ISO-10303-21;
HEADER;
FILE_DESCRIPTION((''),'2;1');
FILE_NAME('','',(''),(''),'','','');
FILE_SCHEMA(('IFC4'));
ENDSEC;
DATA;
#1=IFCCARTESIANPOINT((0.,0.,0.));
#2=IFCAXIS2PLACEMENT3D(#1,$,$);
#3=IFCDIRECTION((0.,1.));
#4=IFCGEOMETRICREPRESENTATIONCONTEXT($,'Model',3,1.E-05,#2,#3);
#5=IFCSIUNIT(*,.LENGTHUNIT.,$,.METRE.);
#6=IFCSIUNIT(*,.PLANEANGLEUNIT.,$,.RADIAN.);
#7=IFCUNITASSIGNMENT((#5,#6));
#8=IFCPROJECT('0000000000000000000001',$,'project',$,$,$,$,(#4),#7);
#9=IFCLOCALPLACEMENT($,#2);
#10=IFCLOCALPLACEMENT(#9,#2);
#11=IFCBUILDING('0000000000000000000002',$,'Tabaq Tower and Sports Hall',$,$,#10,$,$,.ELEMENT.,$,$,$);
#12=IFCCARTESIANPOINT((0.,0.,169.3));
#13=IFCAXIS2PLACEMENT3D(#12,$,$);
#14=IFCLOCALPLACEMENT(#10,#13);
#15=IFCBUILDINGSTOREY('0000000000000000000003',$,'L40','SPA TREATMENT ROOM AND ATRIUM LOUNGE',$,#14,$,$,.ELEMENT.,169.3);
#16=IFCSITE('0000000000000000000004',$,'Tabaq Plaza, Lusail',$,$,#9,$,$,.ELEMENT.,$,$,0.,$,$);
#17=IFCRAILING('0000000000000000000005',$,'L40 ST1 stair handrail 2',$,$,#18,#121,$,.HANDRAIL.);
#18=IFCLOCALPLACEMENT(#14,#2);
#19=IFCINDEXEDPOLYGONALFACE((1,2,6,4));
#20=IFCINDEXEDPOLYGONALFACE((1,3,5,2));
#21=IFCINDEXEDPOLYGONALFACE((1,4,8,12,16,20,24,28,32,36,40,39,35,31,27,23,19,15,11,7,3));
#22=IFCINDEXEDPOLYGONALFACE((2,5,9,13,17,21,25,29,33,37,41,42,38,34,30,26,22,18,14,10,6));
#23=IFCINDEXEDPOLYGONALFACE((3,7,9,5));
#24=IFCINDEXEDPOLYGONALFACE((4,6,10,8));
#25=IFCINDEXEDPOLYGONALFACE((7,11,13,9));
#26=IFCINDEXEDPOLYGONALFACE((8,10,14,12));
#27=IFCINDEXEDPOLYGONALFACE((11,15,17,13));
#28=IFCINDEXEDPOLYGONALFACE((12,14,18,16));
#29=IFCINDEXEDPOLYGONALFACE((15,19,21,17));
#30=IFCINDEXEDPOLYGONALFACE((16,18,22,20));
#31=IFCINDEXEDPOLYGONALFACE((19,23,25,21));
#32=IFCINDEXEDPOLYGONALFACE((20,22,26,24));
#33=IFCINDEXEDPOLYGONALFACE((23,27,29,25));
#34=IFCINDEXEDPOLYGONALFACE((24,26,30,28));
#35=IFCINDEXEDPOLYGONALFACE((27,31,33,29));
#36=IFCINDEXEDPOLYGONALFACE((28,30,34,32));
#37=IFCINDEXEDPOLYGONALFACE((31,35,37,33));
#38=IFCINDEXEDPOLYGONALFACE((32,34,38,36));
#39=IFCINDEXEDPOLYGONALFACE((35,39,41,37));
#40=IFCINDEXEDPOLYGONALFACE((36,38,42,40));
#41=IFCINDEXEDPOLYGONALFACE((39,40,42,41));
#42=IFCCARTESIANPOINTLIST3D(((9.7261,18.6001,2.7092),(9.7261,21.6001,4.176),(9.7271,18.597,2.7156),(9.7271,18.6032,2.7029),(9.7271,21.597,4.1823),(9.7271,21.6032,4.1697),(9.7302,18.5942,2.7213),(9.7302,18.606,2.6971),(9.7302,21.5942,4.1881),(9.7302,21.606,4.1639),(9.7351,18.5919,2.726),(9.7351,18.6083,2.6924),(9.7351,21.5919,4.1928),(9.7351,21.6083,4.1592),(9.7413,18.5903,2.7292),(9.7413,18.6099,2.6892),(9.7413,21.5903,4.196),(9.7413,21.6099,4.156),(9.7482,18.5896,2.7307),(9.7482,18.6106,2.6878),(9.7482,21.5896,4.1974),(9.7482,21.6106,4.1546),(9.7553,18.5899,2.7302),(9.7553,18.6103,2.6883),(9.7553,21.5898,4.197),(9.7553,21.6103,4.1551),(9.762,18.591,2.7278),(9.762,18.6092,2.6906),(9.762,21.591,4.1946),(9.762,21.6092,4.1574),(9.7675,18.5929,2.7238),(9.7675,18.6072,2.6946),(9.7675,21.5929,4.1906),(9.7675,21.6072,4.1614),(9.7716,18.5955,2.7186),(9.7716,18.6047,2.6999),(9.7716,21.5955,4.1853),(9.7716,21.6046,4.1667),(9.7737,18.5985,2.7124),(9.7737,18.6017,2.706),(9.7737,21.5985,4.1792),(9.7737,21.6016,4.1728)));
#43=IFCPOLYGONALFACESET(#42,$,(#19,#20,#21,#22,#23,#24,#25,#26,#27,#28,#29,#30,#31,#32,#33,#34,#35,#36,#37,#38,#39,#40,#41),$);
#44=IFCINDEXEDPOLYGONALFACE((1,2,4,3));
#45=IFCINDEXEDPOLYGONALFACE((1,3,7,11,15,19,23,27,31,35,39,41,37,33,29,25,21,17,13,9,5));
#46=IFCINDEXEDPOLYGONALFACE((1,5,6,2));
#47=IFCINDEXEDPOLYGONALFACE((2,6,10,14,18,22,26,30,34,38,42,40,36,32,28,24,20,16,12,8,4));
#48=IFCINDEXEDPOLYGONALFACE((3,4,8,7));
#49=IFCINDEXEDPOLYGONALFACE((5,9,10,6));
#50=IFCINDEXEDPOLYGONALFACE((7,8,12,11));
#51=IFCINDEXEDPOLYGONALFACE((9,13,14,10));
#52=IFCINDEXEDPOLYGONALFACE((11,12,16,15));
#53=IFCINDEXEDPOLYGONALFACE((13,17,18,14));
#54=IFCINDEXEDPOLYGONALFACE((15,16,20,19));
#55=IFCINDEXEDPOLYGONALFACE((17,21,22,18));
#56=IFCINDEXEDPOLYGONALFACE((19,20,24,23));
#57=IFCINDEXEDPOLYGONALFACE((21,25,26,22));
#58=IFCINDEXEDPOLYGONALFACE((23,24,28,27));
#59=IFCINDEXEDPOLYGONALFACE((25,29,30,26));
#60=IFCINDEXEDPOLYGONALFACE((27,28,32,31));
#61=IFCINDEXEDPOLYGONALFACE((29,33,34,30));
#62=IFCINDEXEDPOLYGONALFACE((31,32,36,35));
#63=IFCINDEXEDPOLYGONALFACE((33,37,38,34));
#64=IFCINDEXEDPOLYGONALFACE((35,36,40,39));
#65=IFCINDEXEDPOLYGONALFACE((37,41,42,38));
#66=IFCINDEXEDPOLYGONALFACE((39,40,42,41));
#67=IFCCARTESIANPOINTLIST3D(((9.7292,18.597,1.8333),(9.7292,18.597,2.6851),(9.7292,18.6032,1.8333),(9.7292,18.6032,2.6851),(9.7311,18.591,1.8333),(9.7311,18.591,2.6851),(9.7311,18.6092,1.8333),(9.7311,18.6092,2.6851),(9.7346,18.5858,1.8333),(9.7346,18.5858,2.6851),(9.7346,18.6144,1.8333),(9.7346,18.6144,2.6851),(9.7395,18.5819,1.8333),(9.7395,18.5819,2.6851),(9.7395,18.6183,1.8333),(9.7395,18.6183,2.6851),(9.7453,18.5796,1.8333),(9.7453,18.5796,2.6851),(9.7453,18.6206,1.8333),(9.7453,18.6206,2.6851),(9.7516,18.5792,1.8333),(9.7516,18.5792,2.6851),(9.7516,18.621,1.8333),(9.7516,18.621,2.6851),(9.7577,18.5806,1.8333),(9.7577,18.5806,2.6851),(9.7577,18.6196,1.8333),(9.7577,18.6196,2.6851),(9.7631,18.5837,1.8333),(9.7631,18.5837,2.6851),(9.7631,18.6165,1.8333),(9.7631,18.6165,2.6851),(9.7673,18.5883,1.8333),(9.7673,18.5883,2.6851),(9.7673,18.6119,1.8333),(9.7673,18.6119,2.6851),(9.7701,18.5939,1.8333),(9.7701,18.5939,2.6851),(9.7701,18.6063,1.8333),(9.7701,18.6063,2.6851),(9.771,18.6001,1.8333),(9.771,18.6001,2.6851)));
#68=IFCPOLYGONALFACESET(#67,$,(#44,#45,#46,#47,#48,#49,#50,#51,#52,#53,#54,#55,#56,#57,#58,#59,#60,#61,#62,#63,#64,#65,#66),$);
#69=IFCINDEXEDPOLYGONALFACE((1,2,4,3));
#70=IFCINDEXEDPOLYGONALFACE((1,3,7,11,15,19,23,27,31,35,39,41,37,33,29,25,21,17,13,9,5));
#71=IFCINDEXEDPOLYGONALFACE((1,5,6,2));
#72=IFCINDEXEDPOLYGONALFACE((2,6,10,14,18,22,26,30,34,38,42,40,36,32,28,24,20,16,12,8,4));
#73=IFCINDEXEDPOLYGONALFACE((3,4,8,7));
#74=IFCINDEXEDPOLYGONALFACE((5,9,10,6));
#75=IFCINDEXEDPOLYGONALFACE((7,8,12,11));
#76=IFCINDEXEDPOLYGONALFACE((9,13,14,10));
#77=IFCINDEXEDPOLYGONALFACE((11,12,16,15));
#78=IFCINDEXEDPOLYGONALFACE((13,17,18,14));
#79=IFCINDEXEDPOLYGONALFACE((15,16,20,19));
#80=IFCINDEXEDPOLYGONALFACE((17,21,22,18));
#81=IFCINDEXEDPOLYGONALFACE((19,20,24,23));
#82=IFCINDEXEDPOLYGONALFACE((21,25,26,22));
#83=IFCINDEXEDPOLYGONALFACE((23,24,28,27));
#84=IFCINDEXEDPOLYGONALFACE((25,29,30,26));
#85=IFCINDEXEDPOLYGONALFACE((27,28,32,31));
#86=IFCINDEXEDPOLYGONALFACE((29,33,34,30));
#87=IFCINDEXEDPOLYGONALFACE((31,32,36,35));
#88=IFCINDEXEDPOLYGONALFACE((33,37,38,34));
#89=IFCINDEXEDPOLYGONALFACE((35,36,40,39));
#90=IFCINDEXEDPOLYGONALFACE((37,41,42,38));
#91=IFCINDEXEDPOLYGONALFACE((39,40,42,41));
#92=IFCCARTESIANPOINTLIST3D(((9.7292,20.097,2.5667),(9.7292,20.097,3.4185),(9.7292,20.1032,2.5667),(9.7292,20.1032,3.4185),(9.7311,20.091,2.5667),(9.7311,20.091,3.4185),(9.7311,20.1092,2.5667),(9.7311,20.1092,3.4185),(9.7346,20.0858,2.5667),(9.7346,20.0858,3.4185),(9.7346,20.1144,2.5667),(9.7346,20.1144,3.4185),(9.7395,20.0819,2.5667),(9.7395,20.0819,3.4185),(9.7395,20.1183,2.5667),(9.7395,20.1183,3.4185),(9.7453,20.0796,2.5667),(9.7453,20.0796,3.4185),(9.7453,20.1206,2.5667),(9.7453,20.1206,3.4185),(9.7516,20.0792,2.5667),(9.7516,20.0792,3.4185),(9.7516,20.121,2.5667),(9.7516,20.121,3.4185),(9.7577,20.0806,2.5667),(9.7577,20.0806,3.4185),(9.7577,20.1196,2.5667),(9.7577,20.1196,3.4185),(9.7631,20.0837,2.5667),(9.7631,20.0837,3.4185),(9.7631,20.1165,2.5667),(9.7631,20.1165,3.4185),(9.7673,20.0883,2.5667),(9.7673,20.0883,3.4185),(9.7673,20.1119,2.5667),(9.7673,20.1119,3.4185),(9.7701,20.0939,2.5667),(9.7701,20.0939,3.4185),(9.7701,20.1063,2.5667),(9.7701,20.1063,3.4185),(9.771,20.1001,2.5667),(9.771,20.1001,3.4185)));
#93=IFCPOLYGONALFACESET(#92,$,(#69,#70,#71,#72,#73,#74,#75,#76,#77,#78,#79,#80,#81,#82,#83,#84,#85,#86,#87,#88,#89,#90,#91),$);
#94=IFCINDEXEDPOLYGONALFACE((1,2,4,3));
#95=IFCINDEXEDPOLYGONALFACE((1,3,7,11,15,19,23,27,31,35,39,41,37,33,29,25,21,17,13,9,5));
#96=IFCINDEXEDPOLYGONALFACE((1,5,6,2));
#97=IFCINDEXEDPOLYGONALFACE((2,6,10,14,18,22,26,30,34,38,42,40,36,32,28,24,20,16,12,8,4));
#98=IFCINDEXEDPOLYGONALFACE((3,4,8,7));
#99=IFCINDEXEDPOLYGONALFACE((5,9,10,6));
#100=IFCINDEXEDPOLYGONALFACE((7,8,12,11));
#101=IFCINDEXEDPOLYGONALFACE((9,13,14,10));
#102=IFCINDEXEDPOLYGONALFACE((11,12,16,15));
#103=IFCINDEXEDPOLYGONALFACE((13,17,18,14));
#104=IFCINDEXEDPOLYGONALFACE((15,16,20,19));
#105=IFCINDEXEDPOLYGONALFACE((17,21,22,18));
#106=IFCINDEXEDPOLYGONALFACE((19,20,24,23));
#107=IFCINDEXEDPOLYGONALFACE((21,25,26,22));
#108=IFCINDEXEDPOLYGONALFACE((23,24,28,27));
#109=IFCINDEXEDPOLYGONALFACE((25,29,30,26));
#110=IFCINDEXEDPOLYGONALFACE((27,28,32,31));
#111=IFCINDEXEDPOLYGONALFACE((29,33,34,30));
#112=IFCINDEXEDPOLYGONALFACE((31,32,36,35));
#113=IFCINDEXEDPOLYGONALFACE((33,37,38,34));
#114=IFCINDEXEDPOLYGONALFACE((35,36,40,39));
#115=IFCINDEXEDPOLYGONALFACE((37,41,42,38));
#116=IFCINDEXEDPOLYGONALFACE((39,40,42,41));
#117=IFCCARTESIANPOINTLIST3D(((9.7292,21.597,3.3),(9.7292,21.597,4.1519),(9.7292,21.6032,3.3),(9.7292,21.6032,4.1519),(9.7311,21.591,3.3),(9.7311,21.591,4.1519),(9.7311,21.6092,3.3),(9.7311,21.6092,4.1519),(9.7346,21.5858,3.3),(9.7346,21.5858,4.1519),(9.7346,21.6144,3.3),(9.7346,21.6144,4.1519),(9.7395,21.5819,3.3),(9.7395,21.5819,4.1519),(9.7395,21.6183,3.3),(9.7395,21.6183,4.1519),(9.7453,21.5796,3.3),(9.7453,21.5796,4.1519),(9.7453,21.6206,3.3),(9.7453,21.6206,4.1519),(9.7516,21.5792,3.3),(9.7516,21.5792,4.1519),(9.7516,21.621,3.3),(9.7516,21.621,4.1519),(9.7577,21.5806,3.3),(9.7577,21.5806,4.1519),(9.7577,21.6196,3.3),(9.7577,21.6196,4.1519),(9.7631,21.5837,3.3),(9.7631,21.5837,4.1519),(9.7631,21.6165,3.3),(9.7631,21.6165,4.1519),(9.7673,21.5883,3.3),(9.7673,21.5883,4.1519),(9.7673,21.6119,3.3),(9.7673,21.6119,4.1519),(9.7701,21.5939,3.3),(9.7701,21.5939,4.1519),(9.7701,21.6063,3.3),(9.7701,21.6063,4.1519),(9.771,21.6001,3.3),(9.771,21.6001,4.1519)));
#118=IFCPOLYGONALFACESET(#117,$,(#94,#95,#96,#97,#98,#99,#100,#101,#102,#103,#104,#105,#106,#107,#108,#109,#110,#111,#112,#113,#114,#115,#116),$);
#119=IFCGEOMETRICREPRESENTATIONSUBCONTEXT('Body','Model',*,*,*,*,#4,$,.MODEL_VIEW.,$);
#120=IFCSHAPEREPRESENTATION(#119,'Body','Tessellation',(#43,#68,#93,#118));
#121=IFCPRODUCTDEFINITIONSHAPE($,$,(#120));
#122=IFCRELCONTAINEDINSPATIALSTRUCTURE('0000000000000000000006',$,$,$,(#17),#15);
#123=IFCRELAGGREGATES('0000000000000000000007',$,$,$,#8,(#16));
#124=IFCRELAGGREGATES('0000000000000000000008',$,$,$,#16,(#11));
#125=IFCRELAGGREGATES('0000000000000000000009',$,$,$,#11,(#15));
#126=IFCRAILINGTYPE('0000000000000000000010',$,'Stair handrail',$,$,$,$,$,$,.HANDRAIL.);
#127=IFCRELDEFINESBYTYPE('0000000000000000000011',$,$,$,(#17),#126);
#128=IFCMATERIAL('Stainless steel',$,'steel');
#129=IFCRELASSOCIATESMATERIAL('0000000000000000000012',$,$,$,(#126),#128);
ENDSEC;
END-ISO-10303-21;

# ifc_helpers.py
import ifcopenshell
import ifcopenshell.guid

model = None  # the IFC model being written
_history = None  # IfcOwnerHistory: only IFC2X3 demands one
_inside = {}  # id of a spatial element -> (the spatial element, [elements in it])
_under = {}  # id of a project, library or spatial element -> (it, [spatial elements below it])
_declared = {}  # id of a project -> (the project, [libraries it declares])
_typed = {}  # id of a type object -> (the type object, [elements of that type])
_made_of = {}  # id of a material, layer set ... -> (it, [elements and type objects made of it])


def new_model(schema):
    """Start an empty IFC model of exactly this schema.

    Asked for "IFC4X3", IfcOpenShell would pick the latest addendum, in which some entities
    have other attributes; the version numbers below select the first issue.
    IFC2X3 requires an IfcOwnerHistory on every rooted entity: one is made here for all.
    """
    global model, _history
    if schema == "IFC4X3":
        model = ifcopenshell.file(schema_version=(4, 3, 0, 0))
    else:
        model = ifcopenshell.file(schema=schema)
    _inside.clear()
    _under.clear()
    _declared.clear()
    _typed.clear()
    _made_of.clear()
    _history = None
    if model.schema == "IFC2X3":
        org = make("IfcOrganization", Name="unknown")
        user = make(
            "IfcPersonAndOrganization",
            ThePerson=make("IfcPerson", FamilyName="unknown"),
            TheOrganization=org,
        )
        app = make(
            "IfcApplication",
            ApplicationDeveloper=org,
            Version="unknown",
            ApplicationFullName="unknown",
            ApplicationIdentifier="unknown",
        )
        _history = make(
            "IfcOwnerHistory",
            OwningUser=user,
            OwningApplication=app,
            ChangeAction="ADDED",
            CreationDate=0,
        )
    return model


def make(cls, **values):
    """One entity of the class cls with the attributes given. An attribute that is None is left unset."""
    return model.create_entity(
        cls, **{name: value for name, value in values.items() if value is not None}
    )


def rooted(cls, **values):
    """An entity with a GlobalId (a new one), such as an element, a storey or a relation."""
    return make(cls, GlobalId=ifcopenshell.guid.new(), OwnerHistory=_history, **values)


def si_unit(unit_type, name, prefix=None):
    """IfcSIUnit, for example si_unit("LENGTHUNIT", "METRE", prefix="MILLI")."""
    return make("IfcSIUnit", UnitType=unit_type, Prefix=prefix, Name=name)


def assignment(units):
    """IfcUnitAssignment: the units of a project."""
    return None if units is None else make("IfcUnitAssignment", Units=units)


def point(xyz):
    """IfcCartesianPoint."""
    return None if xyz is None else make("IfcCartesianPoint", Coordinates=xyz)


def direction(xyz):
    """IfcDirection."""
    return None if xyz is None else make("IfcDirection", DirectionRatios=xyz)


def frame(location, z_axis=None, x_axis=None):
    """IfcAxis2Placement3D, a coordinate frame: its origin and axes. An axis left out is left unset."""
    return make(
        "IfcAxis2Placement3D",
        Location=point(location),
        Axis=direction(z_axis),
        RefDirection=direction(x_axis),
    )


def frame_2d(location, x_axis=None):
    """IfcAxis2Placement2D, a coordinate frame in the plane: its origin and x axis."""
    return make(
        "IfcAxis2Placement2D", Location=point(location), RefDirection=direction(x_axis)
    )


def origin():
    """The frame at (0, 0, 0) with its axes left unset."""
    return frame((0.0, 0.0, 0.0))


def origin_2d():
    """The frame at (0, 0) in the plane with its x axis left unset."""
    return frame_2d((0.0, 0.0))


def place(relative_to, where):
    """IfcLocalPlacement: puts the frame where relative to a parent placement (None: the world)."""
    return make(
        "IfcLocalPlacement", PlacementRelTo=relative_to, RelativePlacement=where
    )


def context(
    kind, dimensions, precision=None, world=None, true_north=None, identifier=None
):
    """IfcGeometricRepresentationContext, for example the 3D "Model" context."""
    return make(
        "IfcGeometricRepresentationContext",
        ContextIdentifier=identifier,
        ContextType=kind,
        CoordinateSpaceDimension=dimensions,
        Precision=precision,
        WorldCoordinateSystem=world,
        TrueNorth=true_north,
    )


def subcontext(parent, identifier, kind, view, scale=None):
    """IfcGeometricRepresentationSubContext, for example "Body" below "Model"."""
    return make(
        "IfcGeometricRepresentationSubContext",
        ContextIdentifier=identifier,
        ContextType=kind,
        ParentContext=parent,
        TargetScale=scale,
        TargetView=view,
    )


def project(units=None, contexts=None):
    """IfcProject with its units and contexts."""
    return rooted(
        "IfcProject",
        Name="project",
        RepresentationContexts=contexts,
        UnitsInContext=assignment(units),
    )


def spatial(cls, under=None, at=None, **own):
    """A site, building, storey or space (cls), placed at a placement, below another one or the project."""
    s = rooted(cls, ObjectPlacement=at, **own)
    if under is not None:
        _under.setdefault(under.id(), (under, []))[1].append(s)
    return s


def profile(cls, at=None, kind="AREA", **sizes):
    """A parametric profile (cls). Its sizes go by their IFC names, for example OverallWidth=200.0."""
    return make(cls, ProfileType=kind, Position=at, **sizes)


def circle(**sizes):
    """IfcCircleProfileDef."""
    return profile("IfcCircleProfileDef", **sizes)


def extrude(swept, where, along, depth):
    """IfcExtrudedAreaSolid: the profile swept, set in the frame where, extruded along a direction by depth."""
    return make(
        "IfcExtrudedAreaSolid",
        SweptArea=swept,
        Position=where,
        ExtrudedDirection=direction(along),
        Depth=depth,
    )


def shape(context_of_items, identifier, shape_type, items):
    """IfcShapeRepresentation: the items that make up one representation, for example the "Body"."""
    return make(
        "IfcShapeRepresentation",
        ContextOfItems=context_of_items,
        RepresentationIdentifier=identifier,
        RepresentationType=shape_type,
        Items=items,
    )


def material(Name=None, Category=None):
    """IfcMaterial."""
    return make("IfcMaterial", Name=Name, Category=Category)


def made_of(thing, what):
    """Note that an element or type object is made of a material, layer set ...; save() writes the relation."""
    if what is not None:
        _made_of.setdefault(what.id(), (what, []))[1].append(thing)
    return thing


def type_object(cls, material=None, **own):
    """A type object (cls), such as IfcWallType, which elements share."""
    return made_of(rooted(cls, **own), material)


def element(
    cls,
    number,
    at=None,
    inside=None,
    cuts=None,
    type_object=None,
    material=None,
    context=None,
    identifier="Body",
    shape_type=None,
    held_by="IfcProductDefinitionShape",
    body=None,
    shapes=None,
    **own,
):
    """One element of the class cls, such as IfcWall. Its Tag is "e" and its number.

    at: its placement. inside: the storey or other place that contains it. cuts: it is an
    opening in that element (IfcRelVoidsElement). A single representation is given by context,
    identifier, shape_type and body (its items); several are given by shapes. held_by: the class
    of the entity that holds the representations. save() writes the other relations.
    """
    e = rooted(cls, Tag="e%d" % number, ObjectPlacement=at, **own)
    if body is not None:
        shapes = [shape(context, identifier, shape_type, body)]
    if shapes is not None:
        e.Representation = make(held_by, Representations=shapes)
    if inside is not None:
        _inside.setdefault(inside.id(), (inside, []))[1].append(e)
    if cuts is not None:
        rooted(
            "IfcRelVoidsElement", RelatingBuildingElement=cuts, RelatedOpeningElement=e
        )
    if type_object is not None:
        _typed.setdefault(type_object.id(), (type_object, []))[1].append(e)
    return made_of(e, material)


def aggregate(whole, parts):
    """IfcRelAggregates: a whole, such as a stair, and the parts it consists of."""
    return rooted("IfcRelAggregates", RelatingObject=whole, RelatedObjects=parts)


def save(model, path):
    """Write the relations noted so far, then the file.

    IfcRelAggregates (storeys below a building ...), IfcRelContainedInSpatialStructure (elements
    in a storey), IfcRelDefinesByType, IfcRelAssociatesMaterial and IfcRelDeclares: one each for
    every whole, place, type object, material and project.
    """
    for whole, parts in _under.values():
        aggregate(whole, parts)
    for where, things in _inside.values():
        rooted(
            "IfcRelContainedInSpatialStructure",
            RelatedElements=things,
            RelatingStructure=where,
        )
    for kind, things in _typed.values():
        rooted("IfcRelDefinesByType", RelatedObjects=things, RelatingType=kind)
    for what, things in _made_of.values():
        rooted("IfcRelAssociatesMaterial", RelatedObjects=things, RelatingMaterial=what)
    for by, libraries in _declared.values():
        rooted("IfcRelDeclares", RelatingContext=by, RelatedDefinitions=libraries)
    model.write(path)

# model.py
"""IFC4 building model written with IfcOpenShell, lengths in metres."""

from ifc_helpers import new_model, si_unit, direction, frame, origin, origin_2d, place, context, subcontext, project, spatial, circle, extrude, material, type_object, element, save


model = new_model("IFC4")

# Units and contexts
model_context = context("Model", 3, precision=1e-05, world=origin(), true_north=direction((0.0, 1.0)))
body_context = subcontext(model_context, "Body", "Model", "MODEL_VIEW")
ifc_project = project(units=[si_unit("LENGTHUNIT", "METRE"), si_unit("PLANEANGLEUNIT", "RADIAN")], contexts=[model_context])

# Site, building, storey
site_placement = place(None, origin())
site = spatial("IfcSite", under=ifc_project, at=site_placement, Name="Tabaq Plaza, Lusail", CompositionType="ELEMENT", RefElevation=0.0)
building_placement = place(site_placement, origin())
building = spatial("IfcBuilding", under=site, at=building_placement, Name="Tabaq Tower and Sports Hall", CompositionType="ELEMENT")
storey_placement = place(building_placement, frame((0.0, 0.0, 169.3)))
storey = spatial("IfcBuildingStorey", under=building, at=storey_placement, Name="L40", Description="SPA TREATMENT ROOM AND ATRIUM LOUNGE", CompositionType="ELEMENT", Elevation=169.3)

# Railing
ifc_material_1 = material(Name="Stainless steel", Category="steel")
railing_type_1 = type_object("IfcRailingType", Name="Stair handrail", PredefinedType="HANDRAIL", material=ifc_material_1)
railing_1_placement = place(storey_placement, frame((9.75, 18.6001, 1.8333)))
element("IfcRailing", 1, at=railing_1_placement, inside=storey, type_object=railing_type_1, Name="L40 ST1 stair handrail 2", PredefinedType="HANDRAIL", context=body_context, shape_type="SweptSolid", body=[
    extrude(circle(Radius=0.0239, at=origin_2d()), frame((0.0, 0.0, 0.876), z_axis=(0.0, 0.898369, 0.439242), x_axis=(-1.0, 0.0, 0.0)), (0.0, 0.0, 1.0), 3.3394),
    extrude(circle(Radius=0.021, at=origin_2d()), origin(), (0.0, 0.0, 1.0), 0.8518),
    extrude(circle(Radius=0.021, at=origin_2d()), frame((0.0, 1.5, 0.7334)), (0.0, 0.0, 1.0), 0.8518),
    extrude(circle(Radius=0.021, at=origin_2d()), frame((0.0, 3.0, 1.4668)), (0.0, 0.0, 1.0), 0.8518),
])

save(model, "model.ifc")
